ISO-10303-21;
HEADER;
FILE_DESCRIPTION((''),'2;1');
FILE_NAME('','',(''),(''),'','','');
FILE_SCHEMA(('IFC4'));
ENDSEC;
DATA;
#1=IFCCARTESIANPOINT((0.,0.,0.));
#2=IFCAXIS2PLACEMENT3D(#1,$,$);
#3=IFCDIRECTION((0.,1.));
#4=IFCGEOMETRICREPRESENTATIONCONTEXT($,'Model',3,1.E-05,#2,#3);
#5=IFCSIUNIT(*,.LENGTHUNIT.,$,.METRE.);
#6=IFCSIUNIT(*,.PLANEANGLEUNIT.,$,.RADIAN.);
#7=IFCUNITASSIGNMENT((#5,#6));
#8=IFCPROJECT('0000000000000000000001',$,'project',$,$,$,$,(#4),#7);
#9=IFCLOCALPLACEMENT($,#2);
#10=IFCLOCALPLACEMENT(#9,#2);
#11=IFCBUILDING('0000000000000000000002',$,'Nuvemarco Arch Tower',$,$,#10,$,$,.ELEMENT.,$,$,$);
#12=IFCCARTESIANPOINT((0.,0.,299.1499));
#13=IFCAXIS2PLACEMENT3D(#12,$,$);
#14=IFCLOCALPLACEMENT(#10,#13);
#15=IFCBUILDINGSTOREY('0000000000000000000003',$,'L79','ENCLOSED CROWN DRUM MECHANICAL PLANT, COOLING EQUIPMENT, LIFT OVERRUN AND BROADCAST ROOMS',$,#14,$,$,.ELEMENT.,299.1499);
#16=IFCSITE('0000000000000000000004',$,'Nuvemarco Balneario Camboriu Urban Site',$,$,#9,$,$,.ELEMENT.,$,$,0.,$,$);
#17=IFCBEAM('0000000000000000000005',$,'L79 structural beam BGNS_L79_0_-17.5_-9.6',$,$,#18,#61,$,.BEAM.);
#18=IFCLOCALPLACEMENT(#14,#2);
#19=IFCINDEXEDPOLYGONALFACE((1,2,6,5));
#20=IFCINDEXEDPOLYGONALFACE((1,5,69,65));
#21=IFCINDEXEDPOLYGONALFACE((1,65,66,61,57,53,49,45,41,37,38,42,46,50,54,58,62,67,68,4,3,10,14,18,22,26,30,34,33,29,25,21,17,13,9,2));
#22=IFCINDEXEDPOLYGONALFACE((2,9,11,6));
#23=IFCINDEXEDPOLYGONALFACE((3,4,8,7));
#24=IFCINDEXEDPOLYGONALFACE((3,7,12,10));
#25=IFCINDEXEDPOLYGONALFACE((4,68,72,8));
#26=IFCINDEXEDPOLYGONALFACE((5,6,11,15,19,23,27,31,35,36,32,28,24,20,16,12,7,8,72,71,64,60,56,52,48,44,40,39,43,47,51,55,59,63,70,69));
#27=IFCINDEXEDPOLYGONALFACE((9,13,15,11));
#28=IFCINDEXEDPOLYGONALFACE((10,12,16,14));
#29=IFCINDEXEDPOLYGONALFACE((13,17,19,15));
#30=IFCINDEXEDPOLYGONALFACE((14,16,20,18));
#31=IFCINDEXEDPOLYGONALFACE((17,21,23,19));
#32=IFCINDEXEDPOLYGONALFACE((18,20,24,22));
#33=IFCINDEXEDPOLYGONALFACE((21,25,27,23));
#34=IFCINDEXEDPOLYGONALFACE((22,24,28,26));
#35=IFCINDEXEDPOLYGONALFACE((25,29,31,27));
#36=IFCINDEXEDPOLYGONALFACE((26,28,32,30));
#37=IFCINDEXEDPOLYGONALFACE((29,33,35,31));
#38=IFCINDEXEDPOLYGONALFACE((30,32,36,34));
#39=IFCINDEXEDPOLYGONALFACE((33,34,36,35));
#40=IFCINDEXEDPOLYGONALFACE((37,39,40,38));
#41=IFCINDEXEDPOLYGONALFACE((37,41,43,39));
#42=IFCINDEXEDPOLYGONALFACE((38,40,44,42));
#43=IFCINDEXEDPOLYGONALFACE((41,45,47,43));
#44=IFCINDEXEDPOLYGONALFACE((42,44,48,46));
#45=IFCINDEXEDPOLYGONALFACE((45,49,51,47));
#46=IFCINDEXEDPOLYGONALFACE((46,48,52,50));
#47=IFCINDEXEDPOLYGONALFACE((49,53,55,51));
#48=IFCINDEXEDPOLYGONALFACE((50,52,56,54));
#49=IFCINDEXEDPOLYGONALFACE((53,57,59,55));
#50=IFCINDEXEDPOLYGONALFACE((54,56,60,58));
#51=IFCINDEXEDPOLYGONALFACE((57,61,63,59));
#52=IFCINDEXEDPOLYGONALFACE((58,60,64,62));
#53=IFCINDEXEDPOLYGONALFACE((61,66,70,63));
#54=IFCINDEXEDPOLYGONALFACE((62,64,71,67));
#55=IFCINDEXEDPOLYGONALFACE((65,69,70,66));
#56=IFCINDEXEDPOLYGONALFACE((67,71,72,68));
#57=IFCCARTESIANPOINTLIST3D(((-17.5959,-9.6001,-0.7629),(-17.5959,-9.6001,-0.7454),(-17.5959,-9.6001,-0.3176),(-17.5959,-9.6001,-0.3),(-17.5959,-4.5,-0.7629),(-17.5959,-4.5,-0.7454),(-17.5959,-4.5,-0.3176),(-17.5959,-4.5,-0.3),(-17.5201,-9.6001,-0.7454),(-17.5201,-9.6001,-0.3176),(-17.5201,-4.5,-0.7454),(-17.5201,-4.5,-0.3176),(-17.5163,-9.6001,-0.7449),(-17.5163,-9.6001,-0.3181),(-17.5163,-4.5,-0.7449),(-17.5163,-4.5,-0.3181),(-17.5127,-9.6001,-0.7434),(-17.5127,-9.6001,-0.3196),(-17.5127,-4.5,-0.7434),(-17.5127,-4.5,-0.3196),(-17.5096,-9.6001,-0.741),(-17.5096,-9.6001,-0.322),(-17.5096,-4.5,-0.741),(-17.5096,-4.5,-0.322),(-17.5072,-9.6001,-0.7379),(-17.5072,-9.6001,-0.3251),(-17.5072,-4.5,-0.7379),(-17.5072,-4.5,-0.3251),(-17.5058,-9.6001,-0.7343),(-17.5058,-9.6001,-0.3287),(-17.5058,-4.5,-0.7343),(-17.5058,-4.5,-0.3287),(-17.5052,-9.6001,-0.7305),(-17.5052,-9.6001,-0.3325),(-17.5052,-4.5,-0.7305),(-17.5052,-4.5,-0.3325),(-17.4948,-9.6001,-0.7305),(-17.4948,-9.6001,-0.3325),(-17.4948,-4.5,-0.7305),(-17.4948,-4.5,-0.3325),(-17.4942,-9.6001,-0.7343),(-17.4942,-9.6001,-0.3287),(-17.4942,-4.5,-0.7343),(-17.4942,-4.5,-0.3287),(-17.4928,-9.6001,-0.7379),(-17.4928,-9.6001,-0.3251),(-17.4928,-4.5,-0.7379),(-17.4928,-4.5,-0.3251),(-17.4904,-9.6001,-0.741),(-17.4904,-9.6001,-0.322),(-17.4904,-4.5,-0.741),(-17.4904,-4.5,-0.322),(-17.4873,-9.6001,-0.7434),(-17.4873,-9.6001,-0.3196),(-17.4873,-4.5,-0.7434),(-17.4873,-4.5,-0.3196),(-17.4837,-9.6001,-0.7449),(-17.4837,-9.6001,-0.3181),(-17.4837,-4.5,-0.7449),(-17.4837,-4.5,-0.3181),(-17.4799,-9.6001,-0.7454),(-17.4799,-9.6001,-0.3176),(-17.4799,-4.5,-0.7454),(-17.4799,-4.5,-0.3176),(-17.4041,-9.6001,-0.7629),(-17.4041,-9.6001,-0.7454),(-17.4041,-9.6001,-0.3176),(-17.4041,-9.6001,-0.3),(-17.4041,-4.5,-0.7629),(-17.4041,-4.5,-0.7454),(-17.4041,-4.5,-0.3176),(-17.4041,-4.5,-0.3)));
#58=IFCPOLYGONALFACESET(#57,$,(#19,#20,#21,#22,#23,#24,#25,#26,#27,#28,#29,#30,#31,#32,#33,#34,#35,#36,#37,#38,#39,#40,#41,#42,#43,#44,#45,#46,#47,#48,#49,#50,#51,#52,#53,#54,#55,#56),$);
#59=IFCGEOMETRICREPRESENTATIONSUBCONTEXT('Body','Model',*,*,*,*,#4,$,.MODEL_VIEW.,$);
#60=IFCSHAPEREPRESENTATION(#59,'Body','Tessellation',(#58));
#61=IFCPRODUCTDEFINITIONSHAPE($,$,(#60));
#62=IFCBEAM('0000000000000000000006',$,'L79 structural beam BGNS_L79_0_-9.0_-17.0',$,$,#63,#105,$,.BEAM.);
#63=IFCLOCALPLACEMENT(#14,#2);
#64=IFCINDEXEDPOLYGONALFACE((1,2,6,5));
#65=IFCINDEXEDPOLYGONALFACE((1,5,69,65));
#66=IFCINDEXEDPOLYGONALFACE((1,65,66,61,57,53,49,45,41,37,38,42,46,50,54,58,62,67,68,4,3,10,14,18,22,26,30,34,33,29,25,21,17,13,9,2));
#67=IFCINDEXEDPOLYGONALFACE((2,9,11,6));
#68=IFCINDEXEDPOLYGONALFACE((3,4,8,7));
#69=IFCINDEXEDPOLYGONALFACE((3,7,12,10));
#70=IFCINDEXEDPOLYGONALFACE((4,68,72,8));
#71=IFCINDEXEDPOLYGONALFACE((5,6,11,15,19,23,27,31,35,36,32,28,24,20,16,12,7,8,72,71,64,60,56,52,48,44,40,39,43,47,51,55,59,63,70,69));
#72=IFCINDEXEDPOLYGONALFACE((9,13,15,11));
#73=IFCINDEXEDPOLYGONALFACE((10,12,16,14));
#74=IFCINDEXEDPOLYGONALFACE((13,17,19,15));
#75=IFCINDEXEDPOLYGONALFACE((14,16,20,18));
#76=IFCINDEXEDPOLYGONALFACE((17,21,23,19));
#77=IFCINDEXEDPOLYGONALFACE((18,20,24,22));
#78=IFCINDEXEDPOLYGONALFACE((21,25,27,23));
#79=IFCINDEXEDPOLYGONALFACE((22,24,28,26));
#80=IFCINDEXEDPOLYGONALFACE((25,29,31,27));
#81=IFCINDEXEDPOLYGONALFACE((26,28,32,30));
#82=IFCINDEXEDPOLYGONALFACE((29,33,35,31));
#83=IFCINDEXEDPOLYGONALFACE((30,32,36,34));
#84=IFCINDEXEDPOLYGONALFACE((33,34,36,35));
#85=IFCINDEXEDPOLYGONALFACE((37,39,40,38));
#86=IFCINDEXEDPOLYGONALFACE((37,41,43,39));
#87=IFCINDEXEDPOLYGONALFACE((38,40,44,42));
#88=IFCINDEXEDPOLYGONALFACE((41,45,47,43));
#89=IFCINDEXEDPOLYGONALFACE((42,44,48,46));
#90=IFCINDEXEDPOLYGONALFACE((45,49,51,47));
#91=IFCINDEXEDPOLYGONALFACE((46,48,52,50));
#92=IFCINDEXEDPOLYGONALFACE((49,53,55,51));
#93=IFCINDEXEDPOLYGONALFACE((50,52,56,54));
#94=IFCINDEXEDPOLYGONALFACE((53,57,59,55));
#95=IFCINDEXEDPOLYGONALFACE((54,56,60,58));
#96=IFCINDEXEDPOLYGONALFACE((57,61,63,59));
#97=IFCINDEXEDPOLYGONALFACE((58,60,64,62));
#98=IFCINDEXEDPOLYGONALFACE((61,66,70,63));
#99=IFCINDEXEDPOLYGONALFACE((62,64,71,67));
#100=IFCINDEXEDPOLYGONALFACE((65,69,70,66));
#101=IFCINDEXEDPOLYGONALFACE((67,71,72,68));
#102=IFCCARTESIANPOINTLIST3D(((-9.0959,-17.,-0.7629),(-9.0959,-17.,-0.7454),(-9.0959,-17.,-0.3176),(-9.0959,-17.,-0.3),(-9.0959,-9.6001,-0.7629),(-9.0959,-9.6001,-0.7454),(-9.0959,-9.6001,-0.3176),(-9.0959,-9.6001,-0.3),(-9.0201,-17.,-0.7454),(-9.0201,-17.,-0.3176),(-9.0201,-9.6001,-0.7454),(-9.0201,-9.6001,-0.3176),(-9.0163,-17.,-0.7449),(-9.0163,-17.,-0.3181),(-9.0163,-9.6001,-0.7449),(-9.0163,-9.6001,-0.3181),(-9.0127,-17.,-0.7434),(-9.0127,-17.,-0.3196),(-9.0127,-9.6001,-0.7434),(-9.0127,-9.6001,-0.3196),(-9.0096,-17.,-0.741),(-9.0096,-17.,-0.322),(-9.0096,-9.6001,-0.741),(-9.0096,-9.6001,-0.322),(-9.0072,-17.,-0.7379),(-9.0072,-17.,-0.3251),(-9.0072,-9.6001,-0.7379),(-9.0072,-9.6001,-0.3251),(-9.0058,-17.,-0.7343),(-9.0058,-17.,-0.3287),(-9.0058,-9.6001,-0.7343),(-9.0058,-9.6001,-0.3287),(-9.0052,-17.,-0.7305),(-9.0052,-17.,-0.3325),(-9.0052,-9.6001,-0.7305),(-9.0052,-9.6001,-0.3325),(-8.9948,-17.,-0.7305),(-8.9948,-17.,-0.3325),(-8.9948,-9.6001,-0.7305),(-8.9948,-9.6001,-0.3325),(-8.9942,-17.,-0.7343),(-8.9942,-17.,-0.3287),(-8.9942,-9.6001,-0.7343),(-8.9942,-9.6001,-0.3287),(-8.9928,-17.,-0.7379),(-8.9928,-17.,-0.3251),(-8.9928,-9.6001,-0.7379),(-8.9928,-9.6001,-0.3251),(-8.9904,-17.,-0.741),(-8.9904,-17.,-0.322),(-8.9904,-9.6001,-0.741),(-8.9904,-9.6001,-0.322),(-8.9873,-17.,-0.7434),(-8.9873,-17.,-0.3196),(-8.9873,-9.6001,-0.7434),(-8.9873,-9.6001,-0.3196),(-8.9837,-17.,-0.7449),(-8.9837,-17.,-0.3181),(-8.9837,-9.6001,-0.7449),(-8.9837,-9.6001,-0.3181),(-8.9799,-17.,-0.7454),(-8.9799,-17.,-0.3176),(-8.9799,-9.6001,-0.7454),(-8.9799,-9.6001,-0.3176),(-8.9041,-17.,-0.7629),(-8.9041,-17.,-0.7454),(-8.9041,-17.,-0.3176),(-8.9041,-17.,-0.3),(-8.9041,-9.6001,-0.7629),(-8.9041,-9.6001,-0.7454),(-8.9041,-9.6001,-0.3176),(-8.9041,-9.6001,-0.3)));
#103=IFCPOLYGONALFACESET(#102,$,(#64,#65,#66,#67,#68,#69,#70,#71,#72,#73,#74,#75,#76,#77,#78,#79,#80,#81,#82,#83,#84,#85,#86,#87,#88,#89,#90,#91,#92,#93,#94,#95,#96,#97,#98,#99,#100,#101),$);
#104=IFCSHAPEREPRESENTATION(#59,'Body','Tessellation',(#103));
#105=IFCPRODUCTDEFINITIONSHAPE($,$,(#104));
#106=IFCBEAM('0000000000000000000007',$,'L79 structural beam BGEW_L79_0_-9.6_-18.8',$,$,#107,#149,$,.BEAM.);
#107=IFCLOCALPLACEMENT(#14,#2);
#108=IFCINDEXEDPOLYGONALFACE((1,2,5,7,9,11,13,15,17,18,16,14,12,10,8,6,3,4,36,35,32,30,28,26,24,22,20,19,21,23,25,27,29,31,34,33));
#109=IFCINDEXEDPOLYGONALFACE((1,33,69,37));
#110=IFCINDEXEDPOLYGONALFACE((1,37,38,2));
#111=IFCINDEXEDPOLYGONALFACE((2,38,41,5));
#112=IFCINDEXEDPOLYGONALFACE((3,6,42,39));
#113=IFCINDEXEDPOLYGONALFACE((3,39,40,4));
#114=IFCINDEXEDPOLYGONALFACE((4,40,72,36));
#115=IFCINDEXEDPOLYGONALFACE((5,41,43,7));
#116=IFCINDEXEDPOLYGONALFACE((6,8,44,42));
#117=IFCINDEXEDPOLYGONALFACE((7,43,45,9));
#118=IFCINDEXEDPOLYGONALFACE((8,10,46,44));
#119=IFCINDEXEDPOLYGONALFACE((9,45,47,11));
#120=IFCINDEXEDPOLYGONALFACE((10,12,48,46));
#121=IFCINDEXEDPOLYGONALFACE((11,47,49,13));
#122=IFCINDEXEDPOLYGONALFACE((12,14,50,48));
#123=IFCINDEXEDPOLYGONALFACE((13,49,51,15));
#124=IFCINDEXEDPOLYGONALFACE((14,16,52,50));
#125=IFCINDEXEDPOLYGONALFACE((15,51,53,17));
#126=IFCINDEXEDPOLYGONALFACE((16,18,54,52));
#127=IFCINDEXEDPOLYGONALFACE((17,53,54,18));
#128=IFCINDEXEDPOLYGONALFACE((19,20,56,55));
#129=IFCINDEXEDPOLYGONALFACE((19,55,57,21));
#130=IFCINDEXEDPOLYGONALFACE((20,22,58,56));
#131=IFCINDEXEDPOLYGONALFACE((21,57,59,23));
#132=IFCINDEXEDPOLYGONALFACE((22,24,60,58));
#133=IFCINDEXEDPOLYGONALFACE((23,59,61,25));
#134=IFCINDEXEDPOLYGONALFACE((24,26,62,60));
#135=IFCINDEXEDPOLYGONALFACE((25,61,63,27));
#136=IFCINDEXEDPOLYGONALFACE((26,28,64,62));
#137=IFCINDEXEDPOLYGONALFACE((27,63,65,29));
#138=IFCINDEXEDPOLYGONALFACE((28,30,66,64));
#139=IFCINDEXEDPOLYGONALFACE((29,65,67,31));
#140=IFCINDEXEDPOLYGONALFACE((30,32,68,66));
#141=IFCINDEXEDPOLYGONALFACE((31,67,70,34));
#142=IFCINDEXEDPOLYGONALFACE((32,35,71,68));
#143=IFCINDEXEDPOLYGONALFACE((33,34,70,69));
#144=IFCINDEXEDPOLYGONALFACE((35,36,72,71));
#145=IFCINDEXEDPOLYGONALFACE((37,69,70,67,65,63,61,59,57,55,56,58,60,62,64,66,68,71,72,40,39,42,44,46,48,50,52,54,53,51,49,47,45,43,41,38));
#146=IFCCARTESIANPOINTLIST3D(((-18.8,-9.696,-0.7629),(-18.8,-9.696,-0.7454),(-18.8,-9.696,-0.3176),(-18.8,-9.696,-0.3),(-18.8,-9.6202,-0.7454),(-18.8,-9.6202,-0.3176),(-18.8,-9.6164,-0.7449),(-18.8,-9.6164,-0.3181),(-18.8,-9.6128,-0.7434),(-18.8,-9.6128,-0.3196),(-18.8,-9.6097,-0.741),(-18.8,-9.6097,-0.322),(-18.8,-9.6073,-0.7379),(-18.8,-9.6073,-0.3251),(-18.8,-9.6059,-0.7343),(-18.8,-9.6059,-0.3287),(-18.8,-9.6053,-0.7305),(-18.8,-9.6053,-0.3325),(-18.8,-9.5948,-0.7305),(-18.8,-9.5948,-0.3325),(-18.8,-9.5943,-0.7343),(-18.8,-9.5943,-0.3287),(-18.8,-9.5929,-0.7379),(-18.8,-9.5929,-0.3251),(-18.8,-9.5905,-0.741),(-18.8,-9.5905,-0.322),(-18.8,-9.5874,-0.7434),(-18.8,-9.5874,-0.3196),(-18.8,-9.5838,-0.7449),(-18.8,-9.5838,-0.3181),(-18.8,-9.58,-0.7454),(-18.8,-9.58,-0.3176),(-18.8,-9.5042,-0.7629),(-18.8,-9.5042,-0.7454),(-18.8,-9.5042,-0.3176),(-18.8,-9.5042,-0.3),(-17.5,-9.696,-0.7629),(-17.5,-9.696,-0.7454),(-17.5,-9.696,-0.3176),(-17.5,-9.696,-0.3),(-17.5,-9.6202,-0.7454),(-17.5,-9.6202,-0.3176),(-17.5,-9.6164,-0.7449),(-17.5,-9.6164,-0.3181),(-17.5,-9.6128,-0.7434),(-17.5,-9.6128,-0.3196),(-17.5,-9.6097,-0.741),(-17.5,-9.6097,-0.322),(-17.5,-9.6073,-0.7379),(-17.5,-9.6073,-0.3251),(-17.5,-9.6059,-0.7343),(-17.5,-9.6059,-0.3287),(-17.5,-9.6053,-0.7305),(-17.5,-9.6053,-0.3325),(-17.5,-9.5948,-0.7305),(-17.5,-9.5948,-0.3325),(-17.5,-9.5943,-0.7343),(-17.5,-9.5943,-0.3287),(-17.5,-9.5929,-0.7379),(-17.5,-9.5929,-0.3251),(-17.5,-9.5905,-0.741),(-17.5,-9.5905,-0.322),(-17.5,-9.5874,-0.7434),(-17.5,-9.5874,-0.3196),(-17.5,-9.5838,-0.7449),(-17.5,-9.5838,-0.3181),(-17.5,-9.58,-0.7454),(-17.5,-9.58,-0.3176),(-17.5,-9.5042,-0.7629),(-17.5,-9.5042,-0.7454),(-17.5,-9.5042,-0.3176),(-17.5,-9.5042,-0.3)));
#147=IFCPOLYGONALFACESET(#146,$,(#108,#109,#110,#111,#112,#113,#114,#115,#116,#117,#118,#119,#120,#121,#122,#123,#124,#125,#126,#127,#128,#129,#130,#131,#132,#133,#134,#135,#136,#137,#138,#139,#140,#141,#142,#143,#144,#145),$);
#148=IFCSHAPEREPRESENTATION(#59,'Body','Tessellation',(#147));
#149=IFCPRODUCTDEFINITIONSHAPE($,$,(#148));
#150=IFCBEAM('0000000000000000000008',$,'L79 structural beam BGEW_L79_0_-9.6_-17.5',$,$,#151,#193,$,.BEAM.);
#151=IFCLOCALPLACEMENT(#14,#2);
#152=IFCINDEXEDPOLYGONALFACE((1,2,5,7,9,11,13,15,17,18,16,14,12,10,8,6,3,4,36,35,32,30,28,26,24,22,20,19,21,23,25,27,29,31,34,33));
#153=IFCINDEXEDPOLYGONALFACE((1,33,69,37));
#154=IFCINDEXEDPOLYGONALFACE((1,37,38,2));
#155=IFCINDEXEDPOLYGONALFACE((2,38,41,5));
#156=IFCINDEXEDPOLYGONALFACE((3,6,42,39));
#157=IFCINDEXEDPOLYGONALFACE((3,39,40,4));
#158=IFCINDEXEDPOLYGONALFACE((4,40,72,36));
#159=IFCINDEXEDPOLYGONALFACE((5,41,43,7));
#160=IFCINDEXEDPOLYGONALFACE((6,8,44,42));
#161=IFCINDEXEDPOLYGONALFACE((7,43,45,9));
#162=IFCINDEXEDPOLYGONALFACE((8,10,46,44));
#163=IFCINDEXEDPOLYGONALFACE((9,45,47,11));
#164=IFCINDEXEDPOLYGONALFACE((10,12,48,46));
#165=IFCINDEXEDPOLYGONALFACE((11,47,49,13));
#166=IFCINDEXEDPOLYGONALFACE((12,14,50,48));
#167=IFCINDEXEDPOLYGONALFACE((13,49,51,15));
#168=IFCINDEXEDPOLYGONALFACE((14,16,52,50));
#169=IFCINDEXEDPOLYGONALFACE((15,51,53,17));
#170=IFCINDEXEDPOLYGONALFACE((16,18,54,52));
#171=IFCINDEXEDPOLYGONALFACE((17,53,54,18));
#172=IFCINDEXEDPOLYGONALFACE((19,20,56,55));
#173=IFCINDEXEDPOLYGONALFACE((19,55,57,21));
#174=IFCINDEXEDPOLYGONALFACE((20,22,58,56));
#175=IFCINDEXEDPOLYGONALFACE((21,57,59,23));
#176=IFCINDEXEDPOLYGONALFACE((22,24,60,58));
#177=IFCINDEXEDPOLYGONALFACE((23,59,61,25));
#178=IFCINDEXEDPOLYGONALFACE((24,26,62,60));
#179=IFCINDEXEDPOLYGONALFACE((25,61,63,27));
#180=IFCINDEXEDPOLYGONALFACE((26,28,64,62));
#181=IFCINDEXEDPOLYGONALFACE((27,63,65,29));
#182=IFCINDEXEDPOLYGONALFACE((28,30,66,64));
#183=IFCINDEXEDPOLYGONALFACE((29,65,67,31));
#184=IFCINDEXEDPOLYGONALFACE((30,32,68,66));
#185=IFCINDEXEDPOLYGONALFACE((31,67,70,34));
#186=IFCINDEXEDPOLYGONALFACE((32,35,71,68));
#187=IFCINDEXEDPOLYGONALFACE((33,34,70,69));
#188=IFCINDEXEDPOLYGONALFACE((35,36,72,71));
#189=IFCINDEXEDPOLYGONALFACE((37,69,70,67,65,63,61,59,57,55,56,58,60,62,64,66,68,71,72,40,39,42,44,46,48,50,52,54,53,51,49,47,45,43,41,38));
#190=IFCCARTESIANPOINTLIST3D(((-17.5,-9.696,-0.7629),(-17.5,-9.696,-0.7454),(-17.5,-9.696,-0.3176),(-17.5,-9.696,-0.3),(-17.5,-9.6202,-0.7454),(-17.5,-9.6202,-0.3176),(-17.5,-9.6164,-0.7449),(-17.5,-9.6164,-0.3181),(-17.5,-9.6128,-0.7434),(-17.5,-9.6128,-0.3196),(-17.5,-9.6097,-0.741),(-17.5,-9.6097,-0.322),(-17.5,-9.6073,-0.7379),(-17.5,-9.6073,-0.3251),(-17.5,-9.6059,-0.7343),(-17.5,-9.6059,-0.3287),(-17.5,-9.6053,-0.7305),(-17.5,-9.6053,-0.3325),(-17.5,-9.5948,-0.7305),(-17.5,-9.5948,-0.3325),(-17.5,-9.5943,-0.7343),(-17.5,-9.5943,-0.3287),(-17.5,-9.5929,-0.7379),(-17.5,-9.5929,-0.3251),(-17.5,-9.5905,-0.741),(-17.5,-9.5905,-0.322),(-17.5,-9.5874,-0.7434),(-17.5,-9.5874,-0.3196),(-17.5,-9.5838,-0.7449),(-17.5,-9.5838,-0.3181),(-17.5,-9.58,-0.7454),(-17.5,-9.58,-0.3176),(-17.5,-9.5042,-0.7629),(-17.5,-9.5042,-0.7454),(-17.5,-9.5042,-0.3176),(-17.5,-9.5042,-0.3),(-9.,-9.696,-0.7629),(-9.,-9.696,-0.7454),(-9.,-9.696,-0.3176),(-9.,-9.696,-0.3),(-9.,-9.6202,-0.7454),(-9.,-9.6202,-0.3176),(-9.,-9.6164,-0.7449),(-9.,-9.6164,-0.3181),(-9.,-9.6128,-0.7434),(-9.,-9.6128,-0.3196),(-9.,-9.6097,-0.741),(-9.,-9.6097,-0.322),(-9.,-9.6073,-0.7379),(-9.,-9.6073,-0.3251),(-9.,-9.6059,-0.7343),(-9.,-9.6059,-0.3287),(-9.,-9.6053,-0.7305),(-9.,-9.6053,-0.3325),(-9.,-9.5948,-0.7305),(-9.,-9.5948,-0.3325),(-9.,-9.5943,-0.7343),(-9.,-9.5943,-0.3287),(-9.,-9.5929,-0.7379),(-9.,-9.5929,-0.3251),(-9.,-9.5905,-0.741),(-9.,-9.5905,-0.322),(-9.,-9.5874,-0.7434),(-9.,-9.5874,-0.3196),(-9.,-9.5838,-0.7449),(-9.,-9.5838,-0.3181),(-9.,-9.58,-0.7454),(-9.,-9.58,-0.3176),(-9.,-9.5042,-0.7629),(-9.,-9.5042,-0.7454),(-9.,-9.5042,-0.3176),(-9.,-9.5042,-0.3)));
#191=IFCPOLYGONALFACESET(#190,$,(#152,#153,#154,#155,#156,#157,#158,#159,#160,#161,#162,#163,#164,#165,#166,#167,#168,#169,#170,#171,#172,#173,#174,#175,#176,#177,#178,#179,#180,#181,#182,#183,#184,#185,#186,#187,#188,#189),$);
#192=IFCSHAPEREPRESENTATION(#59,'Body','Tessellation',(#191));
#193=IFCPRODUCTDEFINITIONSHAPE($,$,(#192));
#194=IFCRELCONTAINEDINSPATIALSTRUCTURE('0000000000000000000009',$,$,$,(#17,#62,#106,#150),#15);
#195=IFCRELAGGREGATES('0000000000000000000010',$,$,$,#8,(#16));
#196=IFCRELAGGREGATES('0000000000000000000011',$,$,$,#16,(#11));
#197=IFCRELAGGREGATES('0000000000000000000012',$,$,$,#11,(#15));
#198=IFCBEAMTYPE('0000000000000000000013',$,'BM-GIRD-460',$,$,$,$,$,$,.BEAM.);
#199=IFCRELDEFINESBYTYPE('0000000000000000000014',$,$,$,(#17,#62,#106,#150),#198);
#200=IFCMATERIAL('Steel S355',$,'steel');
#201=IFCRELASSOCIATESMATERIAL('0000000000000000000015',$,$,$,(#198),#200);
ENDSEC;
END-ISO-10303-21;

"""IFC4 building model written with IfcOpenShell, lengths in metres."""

from ifc_helpers import new_model, si_unit, direction, frame, origin, origin_2d, place, context, subcontext, project, spatial, i_section, extrude, material, material_profile, profile_set, type_object, element, save


model = new_model("IFC4")

# Units and contexts
model_context = context("Model", 3, precision=1e-05, world=origin(), true_north=direction((0.0, 1.0)))
body_context = subcontext(model_context, "Body", "Model", "MODEL_VIEW")
ifc_project = project(units=[si_unit("LENGTHUNIT", "METRE"), si_unit("PLANEANGLEUNIT", "RADIAN")], contexts=[model_context])

# Site, building, storey
site_placement = place(None, origin())
site = spatial("IfcSite", under=ifc_project, at=site_placement, Name="Nuvemarco Balneario Camboriu Urban Site", CompositionType="ELEMENT", RefElevation=0.0)
building_placement = place(site_placement, origin())
building = spatial("IfcBuilding", under=site, at=building_placement, Name="Nuvemarco Arch Tower", CompositionType="ELEMENT")
storey_placement = place(building_placement, frame((0.0, 0.0, 299.1499)))
storey = spatial("IfcBuildingStorey", under=building, at=storey_placement, Name="L79", Description="ENCLOSED CROWN DRUM MECHANICAL PLANT, COOLING EQUIPMENT, LIFT OVERRUN AND BROADCAST ROOMS", CompositionType="ELEMENT", Elevation=299.1499)

# Shared definitions
ifc_material_1 = material(Name="Steel S355", Category="steel")

# Beams
ifc_material_profile_1 = material_profile(ifc_material_1, i_section(OverallWidth=0.1919, OverallDepth=0.4629, WebThickness=0.0105, FlangeThickness=0.0176, FilletRadius=0.0149, at=origin_2d()), Name="W460x89")
ifc_profile_set_1 = profile_set([ifc_material_profile_1], Name="Steel S355")
beam_type_1 = type_object("IfcBeamType", Name="BM-GIRD-460", PredefinedType="BEAM", material=ifc_profile_set_1)
beam_1_placement = place(storey_placement, frame((-17.5, -9.6001, -0.5315), z_axis=(0.0, 1.0, 0.0), x_axis=(-1.0, 0.0, 0.0)))
element("IfcBeam", 1, at=beam_1_placement, inside=storey, type_object=beam_type_1, Name="L79 structural beam BGNS_L79_0_-17.5_-9.6", PredefinedType="BEAM", context=body_context, shape_type="SweptSolid", body=[
    extrude(i_section(OverallWidth=0.1919, OverallDepth=0.4629, WebThickness=0.0105, FlangeThickness=0.0176, FilletRadius=0.0149, at=origin_2d()), origin(), (0.0, 0.0, 1.0), 5.1001),
])
beam_2_placement = place(storey_placement, frame((-9.0, -17.0, -0.5315), z_axis=(0.0, 1.0, 0.0), x_axis=(-1.0, 0.0, 0.0)))
element("IfcBeam", 2, at=beam_2_placement, inside=storey, type_object=beam_type_1, Name="L79 structural beam BGNS_L79_0_-9.0_-17.0", PredefinedType="BEAM", context=body_context, shape_type="SweptSolid", body=[
    extrude(i_section(OverallWidth=0.1919, OverallDepth=0.4629, WebThickness=0.0105, FlangeThickness=0.0176, FilletRadius=0.0149, at=origin_2d()), origin(), (0.0, 0.0, 1.0), 7.3999),
])
beam_3_placement = place(storey_placement, frame((-18.8, -9.6001, -0.5315), z_axis=(1.0, 0.0, 0.0), x_axis=(0.0, 1.0, 0.0)))
element("IfcBeam", 3, at=beam_3_placement, inside=storey, type_object=beam_type_1, Name="L79 structural beam BGEW_L79_0_-9.6_-18.8", PredefinedType="BEAM", context=body_context, shape_type="SweptSolid", body=[
    extrude(i_section(OverallWidth=0.1919, OverallDepth=0.4629, WebThickness=0.0105, FlangeThickness=0.0176, FilletRadius=0.0149, at=origin_2d()), origin(), (0.0, 0.0, 1.0), 1.3),
])
beam_4_placement = place(storey_placement, frame((-17.5, -9.6001, -0.5315), z_axis=(1.0, 0.0, 0.0), x_axis=(0.0, 1.0, 0.0)))
element("IfcBeam", 4, at=beam_4_placement, inside=storey, type_object=beam_type_1, Name="L79 structural beam BGEW_L79_0_-9.6_-17.5", PredefinedType="BEAM", context=body_context, shape_type="SweptSolid", body=[
    extrude(i_section(OverallWidth=0.1919, OverallDepth=0.4629, WebThickness=0.0105, FlangeThickness=0.0176, FilletRadius=0.0149, at=origin_2d()), origin(), (0.0, 0.0, 1.0), 8.5),
])

save(model, "model.ifc")
